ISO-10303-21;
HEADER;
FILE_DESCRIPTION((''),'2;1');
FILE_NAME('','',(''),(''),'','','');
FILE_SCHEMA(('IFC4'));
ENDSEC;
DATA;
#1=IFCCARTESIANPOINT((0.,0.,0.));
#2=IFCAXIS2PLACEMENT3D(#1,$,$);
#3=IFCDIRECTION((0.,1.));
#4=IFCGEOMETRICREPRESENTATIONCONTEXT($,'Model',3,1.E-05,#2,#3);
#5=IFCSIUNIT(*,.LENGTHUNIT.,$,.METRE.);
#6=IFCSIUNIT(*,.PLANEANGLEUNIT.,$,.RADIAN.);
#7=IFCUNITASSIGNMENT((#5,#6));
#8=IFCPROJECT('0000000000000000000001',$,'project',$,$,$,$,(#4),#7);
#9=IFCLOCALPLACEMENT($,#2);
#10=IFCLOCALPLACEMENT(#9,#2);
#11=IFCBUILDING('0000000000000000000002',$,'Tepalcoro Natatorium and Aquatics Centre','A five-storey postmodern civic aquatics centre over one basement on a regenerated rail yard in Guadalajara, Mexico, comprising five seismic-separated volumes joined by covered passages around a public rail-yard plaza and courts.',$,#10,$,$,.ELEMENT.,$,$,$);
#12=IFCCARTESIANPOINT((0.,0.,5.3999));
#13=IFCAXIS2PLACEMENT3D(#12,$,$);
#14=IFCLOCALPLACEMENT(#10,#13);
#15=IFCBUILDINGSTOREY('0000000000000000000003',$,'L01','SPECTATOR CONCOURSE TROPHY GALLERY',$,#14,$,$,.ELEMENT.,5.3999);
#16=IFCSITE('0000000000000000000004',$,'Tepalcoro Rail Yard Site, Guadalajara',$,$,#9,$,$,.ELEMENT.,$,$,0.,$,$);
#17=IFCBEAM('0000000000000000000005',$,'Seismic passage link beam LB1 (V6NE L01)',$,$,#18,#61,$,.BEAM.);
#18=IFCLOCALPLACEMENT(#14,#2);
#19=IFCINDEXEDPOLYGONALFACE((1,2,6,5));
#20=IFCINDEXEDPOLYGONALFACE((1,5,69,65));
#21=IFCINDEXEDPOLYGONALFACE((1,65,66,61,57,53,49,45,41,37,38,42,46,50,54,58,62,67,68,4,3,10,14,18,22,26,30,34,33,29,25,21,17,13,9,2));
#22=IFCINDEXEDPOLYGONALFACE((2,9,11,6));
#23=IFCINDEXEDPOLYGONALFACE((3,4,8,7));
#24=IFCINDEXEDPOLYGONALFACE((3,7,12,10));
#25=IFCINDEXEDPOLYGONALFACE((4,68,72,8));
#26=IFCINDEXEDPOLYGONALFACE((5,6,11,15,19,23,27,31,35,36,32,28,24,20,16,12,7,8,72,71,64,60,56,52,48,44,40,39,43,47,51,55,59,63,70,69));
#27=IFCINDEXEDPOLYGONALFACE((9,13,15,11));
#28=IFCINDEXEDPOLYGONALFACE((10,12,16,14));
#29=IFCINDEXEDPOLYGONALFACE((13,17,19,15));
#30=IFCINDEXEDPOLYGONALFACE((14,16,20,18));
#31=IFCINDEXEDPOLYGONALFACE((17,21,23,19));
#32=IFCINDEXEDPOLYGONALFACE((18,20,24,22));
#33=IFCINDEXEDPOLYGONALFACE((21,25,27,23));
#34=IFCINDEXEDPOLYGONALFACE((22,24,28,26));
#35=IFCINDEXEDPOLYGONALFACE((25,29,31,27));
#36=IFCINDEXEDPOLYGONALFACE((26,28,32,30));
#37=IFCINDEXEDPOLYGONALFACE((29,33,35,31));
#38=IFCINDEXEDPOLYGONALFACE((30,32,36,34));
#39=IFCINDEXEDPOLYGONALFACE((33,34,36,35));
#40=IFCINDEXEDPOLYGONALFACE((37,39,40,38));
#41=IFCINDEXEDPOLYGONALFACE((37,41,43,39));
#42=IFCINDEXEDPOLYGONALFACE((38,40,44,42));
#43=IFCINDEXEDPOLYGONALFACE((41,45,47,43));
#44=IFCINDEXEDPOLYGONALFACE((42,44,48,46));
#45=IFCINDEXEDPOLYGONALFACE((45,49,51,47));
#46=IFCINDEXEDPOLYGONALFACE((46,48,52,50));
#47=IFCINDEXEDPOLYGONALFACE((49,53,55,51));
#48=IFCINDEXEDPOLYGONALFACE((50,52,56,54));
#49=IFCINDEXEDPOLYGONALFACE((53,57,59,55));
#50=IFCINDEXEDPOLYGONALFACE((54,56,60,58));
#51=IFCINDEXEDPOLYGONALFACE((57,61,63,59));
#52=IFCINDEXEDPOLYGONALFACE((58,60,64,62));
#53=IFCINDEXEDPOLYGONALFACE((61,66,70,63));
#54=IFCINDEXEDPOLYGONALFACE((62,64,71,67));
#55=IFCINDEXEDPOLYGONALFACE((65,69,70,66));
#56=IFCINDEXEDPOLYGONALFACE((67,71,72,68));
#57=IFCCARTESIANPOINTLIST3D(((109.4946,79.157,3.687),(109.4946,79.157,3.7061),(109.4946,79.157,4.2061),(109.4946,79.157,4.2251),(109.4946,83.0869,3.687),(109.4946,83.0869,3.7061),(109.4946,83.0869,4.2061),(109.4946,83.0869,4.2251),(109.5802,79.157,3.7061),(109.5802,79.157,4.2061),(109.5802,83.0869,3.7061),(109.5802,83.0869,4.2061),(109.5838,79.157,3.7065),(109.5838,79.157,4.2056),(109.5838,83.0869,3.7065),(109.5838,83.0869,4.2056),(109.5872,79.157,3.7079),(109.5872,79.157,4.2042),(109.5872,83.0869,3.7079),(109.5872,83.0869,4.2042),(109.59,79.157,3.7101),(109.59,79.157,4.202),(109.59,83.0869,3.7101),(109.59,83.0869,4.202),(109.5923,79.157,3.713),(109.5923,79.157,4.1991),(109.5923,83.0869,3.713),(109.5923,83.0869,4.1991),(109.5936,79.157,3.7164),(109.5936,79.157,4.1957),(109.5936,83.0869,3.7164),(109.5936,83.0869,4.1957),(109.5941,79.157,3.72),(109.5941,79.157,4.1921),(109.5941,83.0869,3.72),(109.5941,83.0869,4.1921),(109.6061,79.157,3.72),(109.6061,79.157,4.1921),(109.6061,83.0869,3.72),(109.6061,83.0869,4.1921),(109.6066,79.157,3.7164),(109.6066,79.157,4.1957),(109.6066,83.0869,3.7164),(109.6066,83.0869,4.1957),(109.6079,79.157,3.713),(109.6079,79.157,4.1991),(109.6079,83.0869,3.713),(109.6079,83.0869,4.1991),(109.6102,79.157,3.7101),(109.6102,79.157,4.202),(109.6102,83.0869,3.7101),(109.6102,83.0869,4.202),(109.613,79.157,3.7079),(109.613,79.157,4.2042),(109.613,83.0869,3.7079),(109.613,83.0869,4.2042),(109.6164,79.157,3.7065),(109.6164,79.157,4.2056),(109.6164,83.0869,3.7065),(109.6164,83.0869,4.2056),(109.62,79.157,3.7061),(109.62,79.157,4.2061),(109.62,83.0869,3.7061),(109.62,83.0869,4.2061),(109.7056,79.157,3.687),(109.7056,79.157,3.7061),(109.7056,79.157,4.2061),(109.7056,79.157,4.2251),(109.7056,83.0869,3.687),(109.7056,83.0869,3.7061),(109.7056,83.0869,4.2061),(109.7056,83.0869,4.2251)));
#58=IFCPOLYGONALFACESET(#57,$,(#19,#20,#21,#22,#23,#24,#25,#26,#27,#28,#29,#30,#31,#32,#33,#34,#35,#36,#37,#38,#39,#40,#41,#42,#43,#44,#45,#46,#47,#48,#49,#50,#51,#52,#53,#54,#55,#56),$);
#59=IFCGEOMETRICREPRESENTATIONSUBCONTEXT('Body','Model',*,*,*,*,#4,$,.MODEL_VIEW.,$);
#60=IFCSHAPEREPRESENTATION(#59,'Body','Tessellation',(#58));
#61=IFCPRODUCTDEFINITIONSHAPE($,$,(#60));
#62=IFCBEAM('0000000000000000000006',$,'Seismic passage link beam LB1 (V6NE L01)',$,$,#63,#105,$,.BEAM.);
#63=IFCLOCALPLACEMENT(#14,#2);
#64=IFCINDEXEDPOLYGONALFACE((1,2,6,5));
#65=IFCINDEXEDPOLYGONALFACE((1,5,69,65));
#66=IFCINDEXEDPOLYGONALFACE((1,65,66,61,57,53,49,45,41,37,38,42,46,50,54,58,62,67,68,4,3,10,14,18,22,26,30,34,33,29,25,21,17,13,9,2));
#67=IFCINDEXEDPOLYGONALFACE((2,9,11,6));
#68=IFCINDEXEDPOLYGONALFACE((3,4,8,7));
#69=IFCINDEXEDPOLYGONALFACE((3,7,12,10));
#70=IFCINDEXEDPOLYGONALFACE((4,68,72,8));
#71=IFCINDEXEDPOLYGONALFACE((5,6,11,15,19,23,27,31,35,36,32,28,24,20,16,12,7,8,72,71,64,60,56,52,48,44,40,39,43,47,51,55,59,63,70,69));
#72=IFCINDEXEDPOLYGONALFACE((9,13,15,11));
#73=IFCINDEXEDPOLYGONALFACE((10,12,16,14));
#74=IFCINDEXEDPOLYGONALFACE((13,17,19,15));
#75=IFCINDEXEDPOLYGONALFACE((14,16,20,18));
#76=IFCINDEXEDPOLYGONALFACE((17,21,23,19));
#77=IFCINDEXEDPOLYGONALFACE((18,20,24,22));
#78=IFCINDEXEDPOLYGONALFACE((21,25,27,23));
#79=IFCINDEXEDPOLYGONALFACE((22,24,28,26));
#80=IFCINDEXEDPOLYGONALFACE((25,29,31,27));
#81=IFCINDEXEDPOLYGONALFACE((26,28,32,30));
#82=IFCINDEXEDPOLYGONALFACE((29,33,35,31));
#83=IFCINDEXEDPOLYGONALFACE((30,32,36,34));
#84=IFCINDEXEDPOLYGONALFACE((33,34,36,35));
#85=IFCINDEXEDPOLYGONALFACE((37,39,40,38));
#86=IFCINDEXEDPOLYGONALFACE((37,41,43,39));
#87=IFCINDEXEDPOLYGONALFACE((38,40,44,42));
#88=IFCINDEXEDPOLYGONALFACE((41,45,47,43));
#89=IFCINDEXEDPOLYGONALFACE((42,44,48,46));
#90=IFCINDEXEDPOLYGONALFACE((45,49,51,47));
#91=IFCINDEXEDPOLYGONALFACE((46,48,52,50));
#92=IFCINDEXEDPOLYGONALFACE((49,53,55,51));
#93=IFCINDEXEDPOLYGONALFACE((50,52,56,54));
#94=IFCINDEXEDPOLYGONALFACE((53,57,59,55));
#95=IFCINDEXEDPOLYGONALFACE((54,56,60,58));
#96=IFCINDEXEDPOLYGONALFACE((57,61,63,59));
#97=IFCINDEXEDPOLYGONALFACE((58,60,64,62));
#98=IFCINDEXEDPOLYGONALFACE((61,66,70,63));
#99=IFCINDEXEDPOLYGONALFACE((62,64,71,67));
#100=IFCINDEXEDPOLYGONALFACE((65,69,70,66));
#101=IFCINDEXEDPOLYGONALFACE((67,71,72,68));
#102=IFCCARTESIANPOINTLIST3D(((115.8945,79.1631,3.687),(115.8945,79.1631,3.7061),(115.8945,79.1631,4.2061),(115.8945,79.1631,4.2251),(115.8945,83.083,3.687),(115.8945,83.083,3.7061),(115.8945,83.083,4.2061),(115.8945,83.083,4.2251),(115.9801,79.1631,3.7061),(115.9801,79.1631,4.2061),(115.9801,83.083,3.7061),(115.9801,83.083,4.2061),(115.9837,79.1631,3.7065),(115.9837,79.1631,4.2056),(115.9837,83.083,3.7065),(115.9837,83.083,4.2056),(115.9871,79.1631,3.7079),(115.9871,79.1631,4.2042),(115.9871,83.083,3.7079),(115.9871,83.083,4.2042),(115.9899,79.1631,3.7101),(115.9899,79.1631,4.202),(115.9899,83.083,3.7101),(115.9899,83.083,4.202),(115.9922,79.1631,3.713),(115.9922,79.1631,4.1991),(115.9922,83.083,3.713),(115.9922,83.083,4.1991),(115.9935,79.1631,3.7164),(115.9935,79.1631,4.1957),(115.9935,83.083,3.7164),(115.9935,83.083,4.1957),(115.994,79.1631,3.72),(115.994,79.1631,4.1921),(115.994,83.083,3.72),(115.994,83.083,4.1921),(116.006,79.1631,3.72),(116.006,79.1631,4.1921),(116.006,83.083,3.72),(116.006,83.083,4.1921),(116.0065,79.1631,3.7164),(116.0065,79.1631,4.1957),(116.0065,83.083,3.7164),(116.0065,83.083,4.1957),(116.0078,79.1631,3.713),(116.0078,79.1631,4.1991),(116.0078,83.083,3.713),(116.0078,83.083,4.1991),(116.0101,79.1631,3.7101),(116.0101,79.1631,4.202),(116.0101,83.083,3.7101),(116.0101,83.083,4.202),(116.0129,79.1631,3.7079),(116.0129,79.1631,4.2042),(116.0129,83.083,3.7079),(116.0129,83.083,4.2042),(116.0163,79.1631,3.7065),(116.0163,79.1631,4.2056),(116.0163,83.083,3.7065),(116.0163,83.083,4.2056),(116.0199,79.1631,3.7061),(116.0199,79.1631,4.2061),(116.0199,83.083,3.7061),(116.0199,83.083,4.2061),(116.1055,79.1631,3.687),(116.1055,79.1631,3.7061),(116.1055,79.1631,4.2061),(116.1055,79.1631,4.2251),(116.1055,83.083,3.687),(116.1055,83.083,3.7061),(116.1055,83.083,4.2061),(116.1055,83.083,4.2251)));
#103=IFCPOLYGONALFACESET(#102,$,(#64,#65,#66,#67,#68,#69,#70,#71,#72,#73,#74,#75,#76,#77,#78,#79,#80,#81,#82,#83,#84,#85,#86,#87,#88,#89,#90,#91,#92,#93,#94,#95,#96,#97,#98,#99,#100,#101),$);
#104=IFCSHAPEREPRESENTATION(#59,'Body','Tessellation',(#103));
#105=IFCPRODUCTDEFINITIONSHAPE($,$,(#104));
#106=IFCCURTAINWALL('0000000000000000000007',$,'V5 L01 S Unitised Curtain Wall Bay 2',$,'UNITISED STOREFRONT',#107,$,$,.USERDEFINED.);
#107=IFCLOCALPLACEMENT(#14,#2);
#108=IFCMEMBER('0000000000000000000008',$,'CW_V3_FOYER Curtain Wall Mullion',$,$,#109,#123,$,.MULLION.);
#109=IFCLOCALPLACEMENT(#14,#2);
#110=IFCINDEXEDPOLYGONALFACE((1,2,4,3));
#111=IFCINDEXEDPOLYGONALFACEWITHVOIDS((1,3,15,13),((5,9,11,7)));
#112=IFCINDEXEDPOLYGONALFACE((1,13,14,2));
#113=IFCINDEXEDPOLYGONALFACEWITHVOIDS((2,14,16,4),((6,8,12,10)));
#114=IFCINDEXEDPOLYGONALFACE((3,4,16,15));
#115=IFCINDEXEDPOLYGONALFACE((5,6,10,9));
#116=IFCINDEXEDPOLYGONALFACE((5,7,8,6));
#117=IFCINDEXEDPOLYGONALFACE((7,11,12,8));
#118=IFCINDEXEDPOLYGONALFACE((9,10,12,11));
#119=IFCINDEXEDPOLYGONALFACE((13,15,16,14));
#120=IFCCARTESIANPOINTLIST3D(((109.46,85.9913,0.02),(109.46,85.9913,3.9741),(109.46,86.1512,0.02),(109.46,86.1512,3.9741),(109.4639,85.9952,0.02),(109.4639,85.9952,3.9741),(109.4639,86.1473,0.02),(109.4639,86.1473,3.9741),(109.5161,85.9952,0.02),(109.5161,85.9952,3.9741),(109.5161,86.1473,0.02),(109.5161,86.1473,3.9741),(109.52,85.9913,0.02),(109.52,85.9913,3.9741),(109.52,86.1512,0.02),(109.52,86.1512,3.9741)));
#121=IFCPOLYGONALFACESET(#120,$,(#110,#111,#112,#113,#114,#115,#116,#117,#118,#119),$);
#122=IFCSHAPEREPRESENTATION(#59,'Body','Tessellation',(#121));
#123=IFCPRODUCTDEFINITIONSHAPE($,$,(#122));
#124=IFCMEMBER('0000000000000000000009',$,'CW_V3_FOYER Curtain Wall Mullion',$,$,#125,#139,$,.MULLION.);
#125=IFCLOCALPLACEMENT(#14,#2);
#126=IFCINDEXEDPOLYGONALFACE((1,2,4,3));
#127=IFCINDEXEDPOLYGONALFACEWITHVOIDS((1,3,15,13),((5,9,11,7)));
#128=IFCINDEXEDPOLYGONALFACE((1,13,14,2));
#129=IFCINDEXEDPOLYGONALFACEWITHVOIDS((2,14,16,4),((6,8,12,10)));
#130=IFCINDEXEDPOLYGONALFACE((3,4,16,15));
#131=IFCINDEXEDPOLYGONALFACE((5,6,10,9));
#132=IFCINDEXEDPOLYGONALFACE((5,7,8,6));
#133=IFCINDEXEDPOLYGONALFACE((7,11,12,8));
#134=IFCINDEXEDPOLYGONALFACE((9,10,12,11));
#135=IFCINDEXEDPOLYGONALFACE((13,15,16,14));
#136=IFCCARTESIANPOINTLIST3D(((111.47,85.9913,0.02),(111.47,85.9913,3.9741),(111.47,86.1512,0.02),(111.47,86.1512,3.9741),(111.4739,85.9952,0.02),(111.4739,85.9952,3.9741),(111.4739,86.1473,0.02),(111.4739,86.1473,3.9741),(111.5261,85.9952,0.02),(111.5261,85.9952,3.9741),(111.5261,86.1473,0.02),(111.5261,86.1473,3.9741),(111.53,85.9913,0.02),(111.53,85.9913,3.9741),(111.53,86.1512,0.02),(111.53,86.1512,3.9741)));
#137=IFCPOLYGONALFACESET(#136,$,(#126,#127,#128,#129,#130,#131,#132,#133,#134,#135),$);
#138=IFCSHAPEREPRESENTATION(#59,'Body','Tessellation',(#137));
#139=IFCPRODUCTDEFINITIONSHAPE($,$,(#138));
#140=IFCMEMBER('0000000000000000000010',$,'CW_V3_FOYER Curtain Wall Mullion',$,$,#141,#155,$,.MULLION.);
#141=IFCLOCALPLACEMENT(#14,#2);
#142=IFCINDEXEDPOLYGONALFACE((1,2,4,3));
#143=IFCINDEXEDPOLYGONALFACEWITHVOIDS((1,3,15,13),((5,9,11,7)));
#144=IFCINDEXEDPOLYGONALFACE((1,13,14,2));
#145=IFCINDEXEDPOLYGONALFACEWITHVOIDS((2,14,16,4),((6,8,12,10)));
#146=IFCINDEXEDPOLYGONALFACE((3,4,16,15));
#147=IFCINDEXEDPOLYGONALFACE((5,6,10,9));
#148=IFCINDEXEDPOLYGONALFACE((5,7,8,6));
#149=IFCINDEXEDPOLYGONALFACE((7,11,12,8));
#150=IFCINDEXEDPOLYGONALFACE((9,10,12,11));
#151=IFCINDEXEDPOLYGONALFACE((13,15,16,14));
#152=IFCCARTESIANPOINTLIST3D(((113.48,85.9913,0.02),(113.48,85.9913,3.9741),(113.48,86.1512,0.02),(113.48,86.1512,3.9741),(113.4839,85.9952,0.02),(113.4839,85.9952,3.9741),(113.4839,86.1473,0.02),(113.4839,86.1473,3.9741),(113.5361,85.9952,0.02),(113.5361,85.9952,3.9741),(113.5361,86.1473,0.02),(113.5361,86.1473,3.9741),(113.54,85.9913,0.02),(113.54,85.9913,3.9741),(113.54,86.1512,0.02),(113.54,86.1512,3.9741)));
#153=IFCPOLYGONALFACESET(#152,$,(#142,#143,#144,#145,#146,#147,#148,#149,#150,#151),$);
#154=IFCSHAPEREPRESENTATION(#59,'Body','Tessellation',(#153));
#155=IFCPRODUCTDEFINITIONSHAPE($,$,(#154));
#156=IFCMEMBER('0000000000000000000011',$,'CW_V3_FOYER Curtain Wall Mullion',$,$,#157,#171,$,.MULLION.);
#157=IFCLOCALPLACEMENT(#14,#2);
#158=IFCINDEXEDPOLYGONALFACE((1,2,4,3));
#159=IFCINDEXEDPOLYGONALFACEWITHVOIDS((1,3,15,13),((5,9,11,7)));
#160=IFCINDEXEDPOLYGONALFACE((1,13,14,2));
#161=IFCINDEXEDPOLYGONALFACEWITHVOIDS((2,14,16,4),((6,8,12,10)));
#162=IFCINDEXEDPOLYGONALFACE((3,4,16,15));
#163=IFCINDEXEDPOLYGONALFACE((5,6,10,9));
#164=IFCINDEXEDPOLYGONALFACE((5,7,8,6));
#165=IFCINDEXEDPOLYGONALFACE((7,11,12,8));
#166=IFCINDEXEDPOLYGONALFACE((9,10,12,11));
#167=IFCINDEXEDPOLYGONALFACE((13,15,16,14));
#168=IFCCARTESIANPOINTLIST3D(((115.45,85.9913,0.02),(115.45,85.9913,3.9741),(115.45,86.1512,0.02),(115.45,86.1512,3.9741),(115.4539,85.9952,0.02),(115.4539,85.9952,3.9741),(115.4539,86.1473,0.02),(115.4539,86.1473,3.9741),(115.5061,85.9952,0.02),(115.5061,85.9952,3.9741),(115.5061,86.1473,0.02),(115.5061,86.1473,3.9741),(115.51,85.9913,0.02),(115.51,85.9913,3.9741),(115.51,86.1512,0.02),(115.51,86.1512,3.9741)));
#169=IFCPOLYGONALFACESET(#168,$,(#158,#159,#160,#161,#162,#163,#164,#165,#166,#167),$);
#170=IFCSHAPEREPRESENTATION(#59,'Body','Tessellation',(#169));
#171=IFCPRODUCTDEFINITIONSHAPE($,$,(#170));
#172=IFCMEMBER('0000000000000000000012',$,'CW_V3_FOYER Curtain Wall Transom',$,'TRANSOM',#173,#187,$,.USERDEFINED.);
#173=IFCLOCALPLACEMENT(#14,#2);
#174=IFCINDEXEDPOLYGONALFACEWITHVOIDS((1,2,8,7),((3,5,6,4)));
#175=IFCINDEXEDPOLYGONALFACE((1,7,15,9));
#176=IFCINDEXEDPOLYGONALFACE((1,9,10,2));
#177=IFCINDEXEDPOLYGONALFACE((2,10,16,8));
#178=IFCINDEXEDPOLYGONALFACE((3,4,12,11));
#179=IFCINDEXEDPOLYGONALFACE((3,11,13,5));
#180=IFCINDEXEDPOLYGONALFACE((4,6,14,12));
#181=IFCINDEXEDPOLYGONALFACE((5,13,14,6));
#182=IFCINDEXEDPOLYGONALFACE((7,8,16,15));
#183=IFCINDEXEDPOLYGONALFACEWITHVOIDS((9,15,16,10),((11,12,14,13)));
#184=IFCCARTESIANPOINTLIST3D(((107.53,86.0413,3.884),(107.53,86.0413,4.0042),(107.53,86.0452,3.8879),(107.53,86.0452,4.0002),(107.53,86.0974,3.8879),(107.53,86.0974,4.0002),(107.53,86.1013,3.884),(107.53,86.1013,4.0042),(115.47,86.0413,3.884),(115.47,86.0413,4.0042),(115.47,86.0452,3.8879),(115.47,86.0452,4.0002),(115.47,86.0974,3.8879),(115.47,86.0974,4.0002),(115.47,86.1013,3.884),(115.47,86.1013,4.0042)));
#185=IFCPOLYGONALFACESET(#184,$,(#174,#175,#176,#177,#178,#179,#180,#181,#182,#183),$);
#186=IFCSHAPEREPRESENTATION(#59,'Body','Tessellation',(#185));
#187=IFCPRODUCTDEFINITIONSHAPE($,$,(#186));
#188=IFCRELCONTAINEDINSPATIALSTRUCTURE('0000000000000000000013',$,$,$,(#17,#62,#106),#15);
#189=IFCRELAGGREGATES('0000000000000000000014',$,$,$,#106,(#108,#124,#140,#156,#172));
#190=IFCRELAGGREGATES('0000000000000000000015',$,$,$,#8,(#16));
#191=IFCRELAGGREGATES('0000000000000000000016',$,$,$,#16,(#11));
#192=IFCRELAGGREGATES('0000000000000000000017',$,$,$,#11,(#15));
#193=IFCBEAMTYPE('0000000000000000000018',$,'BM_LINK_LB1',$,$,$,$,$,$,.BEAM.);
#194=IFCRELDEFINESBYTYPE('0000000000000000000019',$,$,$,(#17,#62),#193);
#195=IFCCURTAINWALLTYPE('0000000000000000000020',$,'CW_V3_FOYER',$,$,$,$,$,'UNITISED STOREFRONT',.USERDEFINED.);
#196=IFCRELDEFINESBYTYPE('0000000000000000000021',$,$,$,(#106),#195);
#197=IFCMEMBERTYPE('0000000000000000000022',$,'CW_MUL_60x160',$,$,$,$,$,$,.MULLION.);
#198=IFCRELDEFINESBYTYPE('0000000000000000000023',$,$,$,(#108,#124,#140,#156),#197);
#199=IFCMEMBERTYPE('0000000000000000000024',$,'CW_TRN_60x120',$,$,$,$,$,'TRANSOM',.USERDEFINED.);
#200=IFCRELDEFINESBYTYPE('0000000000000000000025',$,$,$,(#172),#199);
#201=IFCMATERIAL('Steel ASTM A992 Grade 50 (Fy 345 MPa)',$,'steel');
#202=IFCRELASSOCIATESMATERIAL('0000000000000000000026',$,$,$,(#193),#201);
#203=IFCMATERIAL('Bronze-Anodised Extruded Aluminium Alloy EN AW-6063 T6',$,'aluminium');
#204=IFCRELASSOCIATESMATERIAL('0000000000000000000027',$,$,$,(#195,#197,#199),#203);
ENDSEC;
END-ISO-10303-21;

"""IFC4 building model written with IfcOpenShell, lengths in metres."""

from ifc_helpers import new_model, si_unit, direction, frame, origin, origin_2d, place, context, subcontext, project, spatial, hollow_rectangle, i_section, extrude, material, material_profile, profile_set, type_object, element, aggregate, save


model = new_model("IFC4")

# Units and contexts
model_context = context("Model", 3, precision=1e-05, world=origin(), true_north=direction((0.0, 1.0)))
body_context = subcontext(model_context, "Body", "Model", "MODEL_VIEW")
ifc_project = project(units=[si_unit("LENGTHUNIT", "METRE"), si_unit("PLANEANGLEUNIT", "RADIAN")], contexts=[model_context])

# Site, building, storey
site_placement = place(None, origin())
site = spatial("IfcSite", under=ifc_project, at=site_placement, Name="Tepalcoro Rail Yard Site, Guadalajara", CompositionType="ELEMENT", RefElevation=0.0)
building_placement = place(site_placement, origin())
building = spatial("IfcBuilding", under=site, at=building_placement, Name="Tepalcoro Natatorium and Aquatics Centre", Description="A five-storey postmodern civic aquatics centre over one basement on a regenerated rail yard in Guadalajara, Mexico, comprising five seismic-separated volumes joined by covered passages around a public rail-yard plaza and courts.", CompositionType="ELEMENT")
storey_placement = place(building_placement, frame((0.0, 0.0, 5.3999)))
storey = spatial("IfcBuildingStorey", under=building, at=storey_placement, Name="L01", Description="SPECTATOR CONCOURSE TROPHY GALLERY", CompositionType="ELEMENT", Elevation=5.3999)

# Shared definitions
ifc_material_1 = material(Name="Steel ASTM A992 Grade 50 (Fy 345 MPa)", Category="steel")

# Beams
ifc_material_profile_1 = material_profile(ifc_material_1, i_section(OverallWidth=0.2109, OverallDepth=0.5381, WebThickness=0.012, FlangeThickness=0.019, FilletRadius=0.0139, at=origin_2d()), Name="W21X73")
ifc_profile_set_1 = profile_set([ifc_material_profile_1], Name="Steel ASTM A992 Grade 50 (Fy 345 MPa)")
beam_type_1 = type_object("IfcBeamType", Name="BM_LINK_LB1", PredefinedType="BEAM", material=ifc_profile_set_1)
beam_1_placement = place(storey_placement, frame((109.6001, 79.157, 3.9561), z_axis=(0.0, 1.0, 0.0), x_axis=(-1.0, 0.0, 0.0)))
element("IfcBeam", 1, at=beam_1_placement, inside=storey, type_object=beam_type_1, Name="Seismic passage link beam LB1 (V6NE L01)", PredefinedType="BEAM", context=body_context, shape_type="SweptSolid", body=[
    extrude(i_section(OverallWidth=0.2109, OverallDepth=0.5381, WebThickness=0.012, FlangeThickness=0.019, FilletRadius=0.0139, at=origin_2d()), origin(), (0.0, 0.0, 1.0), 3.9299),
])
beam_2_placement = place(storey_placement, frame((116.0, 79.1631, 3.9561), z_axis=(0.0, 1.0, 0.0), x_axis=(-1.0, 0.0, 0.0)))
element("IfcBeam", 2, at=beam_2_placement, inside=storey, type_object=beam_type_1, Name="Seismic passage link beam LB1 (V6NE L01)", PredefinedType="BEAM", context=body_context, shape_type="SweptSolid", body=[
    extrude(i_section(OverallWidth=0.2109, OverallDepth=0.5381, WebThickness=0.012, FlangeThickness=0.019, FilletRadius=0.0139, at=origin_2d()), origin(), (0.0, 0.0, 1.0), 3.9199),
])

# Curtain wall, members
ifc_material_2 = material(Name="Bronze-Anodised Extruded Aluminium Alloy EN AW-6063 T6", Category="aluminium")
curtain_wall_type = type_object("IfcCurtainWallType", Name="CW_V3_FOYER", ElementType="UNITISED STOREFRONT", PredefinedType="USERDEFINED", material=ifc_material_2)
curtain_wall_placement = place(storey_placement, origin())
curtain_wall = element("IfcCurtainWall", 3, at=curtain_wall_placement, inside=storey, type_object=curtain_wall_type, Name="V5 L01 S Unitised Curtain Wall Bay 2", ObjectType="UNITISED STOREFRONT", PredefinedType="USERDEFINED")
ifc_material_profile_2 = material_profile(ifc_material_2, hollow_rectangle(XDim=0.0601, YDim=0.1599, WallThickness=0.0039, at=origin_2d()), Name="AL60X160X4")
ifc_profile_set_2 = profile_set([ifc_material_profile_2], Name="Bronze-Anodised Extruded Aluminium Alloy EN AW-6063 T6")
member_type_1 = type_object("IfcMemberType", Name="CW_MUL_60x160", PredefinedType="MULLION", material=ifc_profile_set_2)
member_1_placement = place(storey_placement, frame((109.49, 86.0713, 0.02), z_axis=(0.0, 0.0, 1.0), x_axis=(1.0, 0.0, 0.0)))
member_1 = element("IfcMember", 4, at=member_1_placement, type_object=member_type_1, Name="CW_V3_FOYER Curtain Wall Mullion", PredefinedType="MULLION", context=body_context, shape_type="SweptSolid", body=[
    extrude(hollow_rectangle(XDim=0.0601, YDim=0.1599, WallThickness=0.0039, at=origin_2d()), origin(), (0.0, 0.0, 1.0), 3.9541),
])
member_2_placement = place(storey_placement, frame((111.5, 86.0713, 0.02), z_axis=(0.0, 0.0, 1.0), x_axis=(1.0, 0.0, 0.0)))
member_2 = element("IfcMember", 5, at=member_2_placement, type_object=member_type_1, Name="CW_V3_FOYER Curtain Wall Mullion", PredefinedType="MULLION", context=body_context, shape_type="SweptSolid", body=[
    extrude(hollow_rectangle(XDim=0.0601, YDim=0.1599, WallThickness=0.0039, at=origin_2d()), origin(), (0.0, 0.0, 1.0), 3.9541),
])
member_3_placement = place(storey_placement, frame((113.51, 86.0713, 0.02), z_axis=(0.0, 0.0, 1.0), x_axis=(1.0, 0.0, 0.0)))
member_3 = element("IfcMember", 6, at=member_3_placement, type_object=member_type_1, Name="CW_V3_FOYER Curtain Wall Mullion", PredefinedType="MULLION", context=body_context, shape_type="SweptSolid", body=[
    extrude(hollow_rectangle(XDim=0.0601, YDim=0.1599, WallThickness=0.0039, at=origin_2d()), origin(), (0.0, 0.0, 1.0), 3.9541),
])
member_4_placement = place(storey_placement, frame((115.48, 86.0713, 0.02), z_axis=(0.0, 0.0, 1.0), x_axis=(1.0, 0.0, 0.0)))
member_4 = element("IfcMember", 7, at=member_4_placement, type_object=member_type_1, Name="CW_V3_FOYER Curtain Wall Mullion", PredefinedType="MULLION", context=body_context, shape_type="SweptSolid", body=[
    extrude(hollow_rectangle(XDim=0.0601, YDim=0.1599, WallThickness=0.0039, at=origin_2d()), origin(), (0.0, 0.0, 1.0), 3.9541),
])
ifc_material_profile_3 = material_profile(ifc_material_2, hollow_rectangle(XDim=0.0601, YDim=0.1201, WallThickness=0.0039, at=origin_2d()), Name="AL60X120X4")
ifc_profile_set_3 = profile_set([ifc_material_profile_3], Name="Bronze-Anodised Extruded Aluminium Alloy EN AW-6063 T6")
member_type_2 = type_object("IfcMemberType", Name="CW_TRN_60x120", ElementType="TRANSOM", PredefinedType="USERDEFINED", material=ifc_profile_set_3)
member_5_placement = place(storey_placement, frame((107.53, 86.0713, 3.9441), z_axis=(1.0, 0.0, 0.0), x_axis=(0.0, 1.0, 0.0)))
member_5 = element("IfcMember", 8, at=member_5_placement, type_object=member_type_2, Name="CW_V3_FOYER Curtain Wall Transom", ObjectType="TRANSOM", PredefinedType="USERDEFINED", context=body_context, shape_type="SweptSolid", body=[
    extrude(hollow_rectangle(XDim=0.0601, YDim=0.1201, WallThickness=0.0039, at=origin_2d()), origin(), (0.0, 0.0, 1.0), 7.9399),
])

aggregate(curtain_wall, [member_1, member_2, member_3, member_4, member_5])

save(model, "model.ifc")
